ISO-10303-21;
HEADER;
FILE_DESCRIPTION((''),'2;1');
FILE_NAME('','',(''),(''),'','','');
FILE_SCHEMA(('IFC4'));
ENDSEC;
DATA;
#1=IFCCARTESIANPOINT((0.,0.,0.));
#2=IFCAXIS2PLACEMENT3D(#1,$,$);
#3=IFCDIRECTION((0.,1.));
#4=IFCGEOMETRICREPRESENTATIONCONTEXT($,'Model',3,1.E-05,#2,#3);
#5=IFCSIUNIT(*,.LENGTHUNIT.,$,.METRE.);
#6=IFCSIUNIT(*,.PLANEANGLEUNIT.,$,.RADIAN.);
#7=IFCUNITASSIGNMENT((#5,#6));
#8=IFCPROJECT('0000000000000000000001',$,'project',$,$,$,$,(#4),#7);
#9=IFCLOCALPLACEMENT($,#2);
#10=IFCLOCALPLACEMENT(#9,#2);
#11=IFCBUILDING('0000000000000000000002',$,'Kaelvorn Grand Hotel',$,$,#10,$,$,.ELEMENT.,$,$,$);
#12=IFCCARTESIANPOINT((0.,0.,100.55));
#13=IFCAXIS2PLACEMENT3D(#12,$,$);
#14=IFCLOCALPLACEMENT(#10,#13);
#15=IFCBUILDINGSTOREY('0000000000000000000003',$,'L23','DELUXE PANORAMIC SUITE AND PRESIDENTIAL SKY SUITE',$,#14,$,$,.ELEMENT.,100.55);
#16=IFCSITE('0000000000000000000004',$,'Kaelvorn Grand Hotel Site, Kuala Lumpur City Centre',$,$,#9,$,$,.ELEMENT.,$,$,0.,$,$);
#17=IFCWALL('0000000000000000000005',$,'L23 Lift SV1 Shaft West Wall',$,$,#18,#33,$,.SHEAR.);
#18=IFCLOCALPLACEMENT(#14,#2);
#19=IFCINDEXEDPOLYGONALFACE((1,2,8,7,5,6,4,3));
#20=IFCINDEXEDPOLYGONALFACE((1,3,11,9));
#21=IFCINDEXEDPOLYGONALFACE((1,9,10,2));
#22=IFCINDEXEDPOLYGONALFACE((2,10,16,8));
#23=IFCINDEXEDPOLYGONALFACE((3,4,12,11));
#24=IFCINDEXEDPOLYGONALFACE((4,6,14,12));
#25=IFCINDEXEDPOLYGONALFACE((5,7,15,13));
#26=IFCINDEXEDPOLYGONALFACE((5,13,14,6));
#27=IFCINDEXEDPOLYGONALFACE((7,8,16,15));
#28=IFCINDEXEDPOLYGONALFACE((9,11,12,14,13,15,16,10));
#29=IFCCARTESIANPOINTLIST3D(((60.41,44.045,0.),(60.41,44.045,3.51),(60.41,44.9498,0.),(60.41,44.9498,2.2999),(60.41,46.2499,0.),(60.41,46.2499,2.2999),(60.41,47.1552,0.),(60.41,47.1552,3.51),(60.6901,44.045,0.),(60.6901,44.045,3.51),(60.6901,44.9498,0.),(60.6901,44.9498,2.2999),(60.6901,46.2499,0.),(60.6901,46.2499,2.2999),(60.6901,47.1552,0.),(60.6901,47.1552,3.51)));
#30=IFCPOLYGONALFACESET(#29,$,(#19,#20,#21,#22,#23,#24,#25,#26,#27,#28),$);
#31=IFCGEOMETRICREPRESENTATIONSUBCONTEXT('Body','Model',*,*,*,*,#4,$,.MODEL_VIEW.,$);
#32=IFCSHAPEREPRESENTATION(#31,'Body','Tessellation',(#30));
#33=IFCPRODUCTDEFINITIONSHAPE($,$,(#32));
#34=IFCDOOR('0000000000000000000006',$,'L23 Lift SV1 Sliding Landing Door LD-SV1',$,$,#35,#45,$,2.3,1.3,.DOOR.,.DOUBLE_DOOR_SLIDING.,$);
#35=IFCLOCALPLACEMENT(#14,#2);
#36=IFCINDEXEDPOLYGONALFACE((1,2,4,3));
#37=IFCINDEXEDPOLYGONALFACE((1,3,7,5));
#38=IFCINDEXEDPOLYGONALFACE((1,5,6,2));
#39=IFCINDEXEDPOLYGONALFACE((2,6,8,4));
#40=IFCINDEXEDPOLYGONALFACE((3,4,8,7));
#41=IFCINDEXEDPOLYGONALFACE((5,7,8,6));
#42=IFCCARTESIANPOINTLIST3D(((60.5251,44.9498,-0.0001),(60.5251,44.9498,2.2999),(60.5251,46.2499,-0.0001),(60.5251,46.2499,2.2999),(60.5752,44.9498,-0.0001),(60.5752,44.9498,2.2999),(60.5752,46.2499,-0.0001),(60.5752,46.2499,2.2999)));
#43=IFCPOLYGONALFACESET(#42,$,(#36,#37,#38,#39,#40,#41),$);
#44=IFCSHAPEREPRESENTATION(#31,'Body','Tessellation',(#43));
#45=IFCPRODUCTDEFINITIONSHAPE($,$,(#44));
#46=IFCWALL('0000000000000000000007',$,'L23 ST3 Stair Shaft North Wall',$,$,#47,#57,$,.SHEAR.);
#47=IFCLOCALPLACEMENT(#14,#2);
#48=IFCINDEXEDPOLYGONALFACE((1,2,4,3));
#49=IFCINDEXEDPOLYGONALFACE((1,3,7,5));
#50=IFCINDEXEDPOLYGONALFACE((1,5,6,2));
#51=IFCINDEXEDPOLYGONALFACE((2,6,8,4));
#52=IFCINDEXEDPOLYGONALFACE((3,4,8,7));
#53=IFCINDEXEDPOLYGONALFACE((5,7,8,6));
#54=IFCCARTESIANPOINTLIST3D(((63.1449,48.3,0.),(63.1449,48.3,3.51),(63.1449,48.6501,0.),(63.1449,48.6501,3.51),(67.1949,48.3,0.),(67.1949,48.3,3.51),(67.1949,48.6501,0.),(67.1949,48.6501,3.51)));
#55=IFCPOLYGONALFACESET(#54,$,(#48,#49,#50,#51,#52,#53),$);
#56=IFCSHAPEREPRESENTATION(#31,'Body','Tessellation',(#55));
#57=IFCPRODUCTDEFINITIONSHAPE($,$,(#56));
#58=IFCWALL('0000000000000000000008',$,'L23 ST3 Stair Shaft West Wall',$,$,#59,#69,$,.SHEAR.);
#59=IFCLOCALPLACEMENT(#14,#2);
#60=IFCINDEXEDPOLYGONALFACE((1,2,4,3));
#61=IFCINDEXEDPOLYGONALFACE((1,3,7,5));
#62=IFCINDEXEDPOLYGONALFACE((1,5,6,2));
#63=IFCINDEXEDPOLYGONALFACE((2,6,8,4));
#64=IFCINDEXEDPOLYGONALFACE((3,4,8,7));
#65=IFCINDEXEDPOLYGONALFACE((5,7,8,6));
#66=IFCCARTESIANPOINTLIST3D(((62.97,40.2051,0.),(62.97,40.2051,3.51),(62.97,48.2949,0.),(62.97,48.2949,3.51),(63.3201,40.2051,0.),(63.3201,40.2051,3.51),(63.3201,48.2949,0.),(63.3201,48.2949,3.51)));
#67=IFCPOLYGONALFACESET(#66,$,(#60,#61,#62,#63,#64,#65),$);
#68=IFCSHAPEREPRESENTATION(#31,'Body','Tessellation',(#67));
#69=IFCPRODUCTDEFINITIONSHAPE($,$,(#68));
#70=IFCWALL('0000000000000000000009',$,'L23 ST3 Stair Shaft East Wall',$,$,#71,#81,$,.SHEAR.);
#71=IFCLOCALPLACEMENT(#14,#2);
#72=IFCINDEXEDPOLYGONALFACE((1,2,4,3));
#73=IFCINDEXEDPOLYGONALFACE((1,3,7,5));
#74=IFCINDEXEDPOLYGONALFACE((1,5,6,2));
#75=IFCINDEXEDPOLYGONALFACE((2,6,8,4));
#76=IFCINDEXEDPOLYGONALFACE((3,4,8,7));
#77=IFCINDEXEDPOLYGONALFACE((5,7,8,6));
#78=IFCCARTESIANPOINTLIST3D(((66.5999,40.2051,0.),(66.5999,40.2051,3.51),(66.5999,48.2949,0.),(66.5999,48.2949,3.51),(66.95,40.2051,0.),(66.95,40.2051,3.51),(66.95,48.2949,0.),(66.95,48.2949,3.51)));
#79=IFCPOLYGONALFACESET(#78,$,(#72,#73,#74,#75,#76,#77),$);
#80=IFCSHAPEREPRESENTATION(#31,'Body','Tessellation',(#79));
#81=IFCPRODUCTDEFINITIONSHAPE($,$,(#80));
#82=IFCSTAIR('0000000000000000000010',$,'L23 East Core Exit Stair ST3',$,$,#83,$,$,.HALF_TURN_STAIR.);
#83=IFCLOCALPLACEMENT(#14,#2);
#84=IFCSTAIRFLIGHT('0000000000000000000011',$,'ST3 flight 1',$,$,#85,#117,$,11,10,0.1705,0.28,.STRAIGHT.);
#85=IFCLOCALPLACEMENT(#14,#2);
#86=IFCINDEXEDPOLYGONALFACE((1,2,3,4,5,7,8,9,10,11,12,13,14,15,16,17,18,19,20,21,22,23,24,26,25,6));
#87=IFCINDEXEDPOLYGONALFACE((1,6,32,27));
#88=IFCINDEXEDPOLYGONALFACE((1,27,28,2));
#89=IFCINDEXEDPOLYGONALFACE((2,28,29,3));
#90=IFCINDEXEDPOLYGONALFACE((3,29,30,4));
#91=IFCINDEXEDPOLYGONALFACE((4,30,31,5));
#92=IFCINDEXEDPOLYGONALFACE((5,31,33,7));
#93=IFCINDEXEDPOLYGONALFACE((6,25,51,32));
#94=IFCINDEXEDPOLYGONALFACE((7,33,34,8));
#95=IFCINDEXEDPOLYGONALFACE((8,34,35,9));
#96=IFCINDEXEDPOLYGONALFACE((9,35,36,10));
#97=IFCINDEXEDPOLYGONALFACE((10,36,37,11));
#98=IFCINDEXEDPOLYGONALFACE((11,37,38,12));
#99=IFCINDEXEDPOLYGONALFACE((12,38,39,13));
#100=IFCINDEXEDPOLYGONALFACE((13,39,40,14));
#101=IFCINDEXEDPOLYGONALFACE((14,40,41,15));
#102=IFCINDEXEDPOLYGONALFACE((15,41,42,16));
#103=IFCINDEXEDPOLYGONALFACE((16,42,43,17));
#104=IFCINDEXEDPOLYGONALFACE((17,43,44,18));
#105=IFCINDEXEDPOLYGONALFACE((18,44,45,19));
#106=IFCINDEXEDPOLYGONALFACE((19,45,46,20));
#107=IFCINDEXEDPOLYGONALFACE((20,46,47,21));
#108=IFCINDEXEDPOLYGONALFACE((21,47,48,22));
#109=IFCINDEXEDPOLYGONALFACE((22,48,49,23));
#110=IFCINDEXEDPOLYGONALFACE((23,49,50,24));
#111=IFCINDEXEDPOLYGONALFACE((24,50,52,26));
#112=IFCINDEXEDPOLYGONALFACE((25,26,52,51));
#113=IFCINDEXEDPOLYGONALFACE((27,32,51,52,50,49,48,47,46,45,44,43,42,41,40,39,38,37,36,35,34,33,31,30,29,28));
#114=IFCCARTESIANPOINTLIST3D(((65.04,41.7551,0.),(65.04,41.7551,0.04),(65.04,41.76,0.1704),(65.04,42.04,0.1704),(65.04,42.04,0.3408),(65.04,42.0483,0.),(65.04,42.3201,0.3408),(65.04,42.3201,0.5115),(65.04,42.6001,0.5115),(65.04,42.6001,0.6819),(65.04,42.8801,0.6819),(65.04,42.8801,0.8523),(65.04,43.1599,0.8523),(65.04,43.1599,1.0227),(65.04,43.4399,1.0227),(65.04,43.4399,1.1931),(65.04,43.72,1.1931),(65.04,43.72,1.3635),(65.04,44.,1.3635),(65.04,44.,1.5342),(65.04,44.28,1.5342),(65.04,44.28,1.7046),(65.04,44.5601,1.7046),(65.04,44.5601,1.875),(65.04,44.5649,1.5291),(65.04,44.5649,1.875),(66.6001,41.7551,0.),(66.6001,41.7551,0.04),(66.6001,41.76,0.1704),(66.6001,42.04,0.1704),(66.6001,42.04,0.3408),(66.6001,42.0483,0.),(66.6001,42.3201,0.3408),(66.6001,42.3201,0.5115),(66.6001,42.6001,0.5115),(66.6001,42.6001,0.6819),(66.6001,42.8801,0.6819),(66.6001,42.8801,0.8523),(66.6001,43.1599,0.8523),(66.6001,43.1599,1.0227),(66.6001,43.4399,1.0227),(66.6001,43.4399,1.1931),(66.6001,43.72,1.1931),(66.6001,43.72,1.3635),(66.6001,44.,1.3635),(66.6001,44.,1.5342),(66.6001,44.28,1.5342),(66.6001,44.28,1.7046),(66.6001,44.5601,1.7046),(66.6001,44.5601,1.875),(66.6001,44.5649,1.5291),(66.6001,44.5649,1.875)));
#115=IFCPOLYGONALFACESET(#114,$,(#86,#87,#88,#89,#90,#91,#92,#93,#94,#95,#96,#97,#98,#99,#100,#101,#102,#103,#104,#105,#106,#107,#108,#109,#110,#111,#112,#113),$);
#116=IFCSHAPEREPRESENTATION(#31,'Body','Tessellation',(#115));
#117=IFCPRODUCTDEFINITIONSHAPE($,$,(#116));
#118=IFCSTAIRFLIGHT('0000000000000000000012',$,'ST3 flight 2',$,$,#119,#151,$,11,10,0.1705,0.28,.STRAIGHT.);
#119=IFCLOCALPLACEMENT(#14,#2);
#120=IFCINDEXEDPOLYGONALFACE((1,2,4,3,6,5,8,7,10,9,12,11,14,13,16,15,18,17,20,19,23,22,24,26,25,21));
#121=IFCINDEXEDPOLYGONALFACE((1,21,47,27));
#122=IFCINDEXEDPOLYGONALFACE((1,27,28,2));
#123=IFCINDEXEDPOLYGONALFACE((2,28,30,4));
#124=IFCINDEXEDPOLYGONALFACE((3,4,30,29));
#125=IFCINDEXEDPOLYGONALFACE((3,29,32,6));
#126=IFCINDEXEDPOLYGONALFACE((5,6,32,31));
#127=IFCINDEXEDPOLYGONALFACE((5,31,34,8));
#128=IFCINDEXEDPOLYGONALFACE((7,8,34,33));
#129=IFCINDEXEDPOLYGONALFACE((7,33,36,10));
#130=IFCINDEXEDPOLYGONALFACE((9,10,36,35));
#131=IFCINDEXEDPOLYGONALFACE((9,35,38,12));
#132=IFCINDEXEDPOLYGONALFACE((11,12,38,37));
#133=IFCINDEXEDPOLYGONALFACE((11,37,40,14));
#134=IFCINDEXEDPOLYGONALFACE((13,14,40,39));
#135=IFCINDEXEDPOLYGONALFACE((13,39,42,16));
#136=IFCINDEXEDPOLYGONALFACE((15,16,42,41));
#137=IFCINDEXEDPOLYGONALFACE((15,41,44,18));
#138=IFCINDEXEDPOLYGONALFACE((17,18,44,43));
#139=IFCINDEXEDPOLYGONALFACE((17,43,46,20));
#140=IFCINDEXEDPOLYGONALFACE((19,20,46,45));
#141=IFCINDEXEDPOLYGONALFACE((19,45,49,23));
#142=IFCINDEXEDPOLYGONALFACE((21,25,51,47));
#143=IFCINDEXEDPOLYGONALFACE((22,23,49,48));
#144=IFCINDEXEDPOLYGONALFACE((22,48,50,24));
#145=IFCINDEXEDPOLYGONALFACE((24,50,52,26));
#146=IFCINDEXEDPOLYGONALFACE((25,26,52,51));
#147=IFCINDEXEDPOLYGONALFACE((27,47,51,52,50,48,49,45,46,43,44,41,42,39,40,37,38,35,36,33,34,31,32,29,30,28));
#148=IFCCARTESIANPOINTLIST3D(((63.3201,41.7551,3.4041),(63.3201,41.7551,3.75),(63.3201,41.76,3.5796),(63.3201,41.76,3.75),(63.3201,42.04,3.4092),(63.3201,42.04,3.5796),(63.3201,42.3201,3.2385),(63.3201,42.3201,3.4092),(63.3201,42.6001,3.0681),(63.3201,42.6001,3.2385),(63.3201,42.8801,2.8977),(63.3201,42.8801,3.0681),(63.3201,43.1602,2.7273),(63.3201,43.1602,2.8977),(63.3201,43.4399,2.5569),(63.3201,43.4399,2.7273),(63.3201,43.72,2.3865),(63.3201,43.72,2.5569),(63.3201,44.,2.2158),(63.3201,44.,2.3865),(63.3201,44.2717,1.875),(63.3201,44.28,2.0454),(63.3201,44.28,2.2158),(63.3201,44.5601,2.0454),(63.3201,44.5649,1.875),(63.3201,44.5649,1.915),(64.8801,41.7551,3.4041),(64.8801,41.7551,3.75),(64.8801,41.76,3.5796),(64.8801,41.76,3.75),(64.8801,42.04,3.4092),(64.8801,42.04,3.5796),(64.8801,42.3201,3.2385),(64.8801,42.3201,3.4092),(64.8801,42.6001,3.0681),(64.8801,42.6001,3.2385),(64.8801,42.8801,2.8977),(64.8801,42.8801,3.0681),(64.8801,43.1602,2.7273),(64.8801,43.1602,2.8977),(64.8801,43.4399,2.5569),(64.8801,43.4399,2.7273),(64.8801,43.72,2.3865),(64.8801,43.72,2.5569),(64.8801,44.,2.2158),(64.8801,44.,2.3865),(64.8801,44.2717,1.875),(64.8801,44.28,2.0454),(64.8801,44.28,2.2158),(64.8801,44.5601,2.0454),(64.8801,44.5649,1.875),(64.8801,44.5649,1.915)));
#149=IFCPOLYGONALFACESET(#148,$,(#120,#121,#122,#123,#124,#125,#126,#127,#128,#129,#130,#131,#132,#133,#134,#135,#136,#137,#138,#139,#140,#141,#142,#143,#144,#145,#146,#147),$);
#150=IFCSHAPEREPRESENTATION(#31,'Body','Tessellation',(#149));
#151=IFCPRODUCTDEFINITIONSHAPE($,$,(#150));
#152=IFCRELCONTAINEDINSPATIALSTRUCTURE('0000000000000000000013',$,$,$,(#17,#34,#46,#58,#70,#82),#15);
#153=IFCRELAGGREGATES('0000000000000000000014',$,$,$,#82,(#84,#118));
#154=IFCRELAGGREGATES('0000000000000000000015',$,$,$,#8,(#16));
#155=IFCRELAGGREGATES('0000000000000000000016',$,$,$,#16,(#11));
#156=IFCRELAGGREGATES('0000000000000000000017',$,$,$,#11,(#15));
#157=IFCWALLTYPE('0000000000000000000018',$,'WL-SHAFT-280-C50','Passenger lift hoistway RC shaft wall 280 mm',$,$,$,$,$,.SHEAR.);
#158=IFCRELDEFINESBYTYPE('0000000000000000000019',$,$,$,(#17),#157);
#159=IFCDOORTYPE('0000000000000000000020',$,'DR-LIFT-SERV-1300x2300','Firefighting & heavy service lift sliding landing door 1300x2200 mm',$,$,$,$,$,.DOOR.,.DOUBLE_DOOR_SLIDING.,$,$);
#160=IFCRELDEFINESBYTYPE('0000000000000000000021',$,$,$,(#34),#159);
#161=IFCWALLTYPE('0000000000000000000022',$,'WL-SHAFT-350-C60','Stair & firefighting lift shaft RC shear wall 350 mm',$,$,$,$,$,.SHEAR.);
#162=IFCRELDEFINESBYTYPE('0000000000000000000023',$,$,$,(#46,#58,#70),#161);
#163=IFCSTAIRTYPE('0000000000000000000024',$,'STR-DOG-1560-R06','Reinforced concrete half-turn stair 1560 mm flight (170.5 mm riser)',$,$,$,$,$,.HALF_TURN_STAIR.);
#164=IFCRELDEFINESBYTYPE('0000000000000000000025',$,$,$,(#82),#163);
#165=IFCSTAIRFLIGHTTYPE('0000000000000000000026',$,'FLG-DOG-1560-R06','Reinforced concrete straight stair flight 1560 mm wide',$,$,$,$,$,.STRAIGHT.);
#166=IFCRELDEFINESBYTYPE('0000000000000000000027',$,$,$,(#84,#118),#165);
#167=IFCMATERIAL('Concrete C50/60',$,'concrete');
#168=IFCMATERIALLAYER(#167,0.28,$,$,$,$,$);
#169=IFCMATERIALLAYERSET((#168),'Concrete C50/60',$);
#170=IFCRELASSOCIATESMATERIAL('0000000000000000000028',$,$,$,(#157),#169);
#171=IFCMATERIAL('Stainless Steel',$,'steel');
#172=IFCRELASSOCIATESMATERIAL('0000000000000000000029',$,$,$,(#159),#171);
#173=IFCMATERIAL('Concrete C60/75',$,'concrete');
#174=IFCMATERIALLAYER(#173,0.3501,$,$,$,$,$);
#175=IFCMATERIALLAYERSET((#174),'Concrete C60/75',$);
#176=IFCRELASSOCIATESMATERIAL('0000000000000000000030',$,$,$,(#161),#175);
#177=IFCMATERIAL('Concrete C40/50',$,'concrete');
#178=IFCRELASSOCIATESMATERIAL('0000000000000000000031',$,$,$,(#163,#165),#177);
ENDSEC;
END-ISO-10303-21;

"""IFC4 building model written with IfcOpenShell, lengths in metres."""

from ifc_helpers import new_model, si_unit, direction, frame, frame_2d, origin, place, context, subcontext, project, spatial, polyline, rectangle, outline, extrude, material, layer, layer_set, type_object, element, fill, aggregate, save


model = new_model("IFC4")

# Units and contexts
model_context = context("Model", 3, precision=1e-05, world=origin(), true_north=direction((0.0, 1.0)))
body_context = subcontext(model_context, "Body", "Model", "MODEL_VIEW")
ifc_project = project(units=[si_unit("LENGTHUNIT", "METRE"), si_unit("PLANEANGLEUNIT", "RADIAN")], contexts=[model_context])

# Site, building, storey
site_placement = place(None, origin())
site = spatial("IfcSite", under=ifc_project, at=site_placement, Name="Kaelvorn Grand Hotel Site, Kuala Lumpur City Centre", CompositionType="ELEMENT", RefElevation=0.0)
building_placement = place(site_placement, origin())
building = spatial("IfcBuilding", under=site, at=building_placement, Name="Kaelvorn Grand Hotel", CompositionType="ELEMENT")
storey_placement = place(building_placement, frame((0.0, 0.0, 100.55)))
storey = spatial("IfcBuildingStorey", under=building, at=storey_placement, Name="L23", Description="DELUXE PANORAMIC SUITE AND PRESIDENTIAL SKY SUITE", CompositionType="ELEMENT", Elevation=100.55)

# Shared definitions
ifc_material_1 = material(Name="Concrete C60/75", Category="concrete")

# Shared definitions
ifc_material_2 = material(Name="Concrete C40/50", Category="concrete")
ifc_material_3 = material(Name="Concrete C50/60", Category="concrete")
ifc_layer_1 = layer(ifc_material_3, 0.28)
ifc_layer_set_1 = layer_set([ifc_layer_1], Name="Concrete C50/60")
wall_type_1 = type_object("IfcWallType", Name="WL-SHAFT-280-C50", Description="Passenger lift hoistway RC shaft wall 280 mm", PredefinedType="SHEAR", material=ifc_layer_set_1)

# Wall, opening, door
wall_1_placement = place(storey_placement, frame((60.55, 44.0449, 0.0), z_axis=(0.0, 0.0, 1.0), x_axis=(0.0, 1.0, 0.0)))
wall_1 = element("IfcWall", 1, at=wall_1_placement, inside=storey, type_object=wall_type_1, Name="L23 Lift SV1 Shaft West Wall", PredefinedType="SHEAR", context=body_context, shape_type="SweptSolid", body=[
    extrude(rectangle(XDim=3.1101, YDim=0.28, at=frame_2d((1.5552, 0.0))), origin(), (0.0, 0.0, 1.0), 3.51),
])
opening_1_placement = place(wall_1_placement, frame((0.905, 0.0, 0.0)))
opening_1 = element("IfcOpeningElement", 2, at=opening_1_placement, cuts=wall_1, PredefinedType="OPENING", context=body_context, shape_type="SweptSolid", body=[
    extrude(rectangle(XDim=1.3, YDim=2.3, at=frame_2d((0.6499, 1.1499))), frame((0.0, 0.1499, 0.0), z_axis=(0.0, -1.0, 0.0), x_axis=(1.0, 0.0, 0.0)), (0.0, 0.0, 1.0), 0.3),
])
ifc_material_4 = material(Name="Stainless Steel", Category="steel")
door_type_1 = type_object("IfcDoorType", Name="DR-LIFT-SERV-1300x2300", Description="Firefighting & heavy service lift sliding landing door 1300x2200 mm", OperationType="DOUBLE_DOOR_SLIDING", PredefinedType="DOOR", material=ifc_material_4)
door_1_placement = place(opening_1_placement, origin())
door_1 = element("IfcDoor", 3, at=door_1_placement, inside=storey, type_object=door_type_1, Name="L23 Lift SV1 Sliding Landing Door LD-SV1", OperationType="DOUBLE_DOOR_SLIDING", OverallHeight=2.3, OverallWidth=1.3, PredefinedType="DOOR", context=body_context, shape_type="SweptSolid", body=[
    extrude(rectangle(XDim=1.3, YDim=2.3, at=frame_2d((0.6499, 1.1499))), frame((0.0, 0.0249, 0.0), z_axis=(0.0, -1.0, 0.0), x_axis=(1.0, 0.0, 0.0)), (0.0, 0.0, 1.0), 0.05),
])
fill(opening_1, door_1)
ifc_layer_2 = layer(ifc_material_1, 0.3501)
ifc_layer_set_2 = layer_set([ifc_layer_2], Name="Concrete C60/75")
wall_type_2 = type_object("IfcWallType", Name="WL-SHAFT-350-C60", Description="Stair & firefighting lift shaft RC shear wall 350 mm", PredefinedType="SHEAR", material=ifc_layer_set_2)

# Walls
wall_2_placement = place(storey_placement, frame((63.145, 48.4751, 0.0), z_axis=(0.0, 0.0, 1.0), x_axis=(1.0, 0.0, 0.0)))
element("IfcWall", 4, at=wall_2_placement, inside=storey, type_object=wall_type_2, Name="L23 ST3 Stair Shaft North Wall", PredefinedType="SHEAR", context=body_context, shape_type="SweptSolid", body=[
    extrude(rectangle(XDim=4.05, YDim=0.3501, at=frame_2d((2.0249, 0.0))), origin(), (0.0, 0.0, 1.0), 3.51),
])
for number, where, z_axis, x_axis, name in (
    (5, (63.145, 40.2051, 0.0), (0.0, 0.0, 1.0), (0.0, 1.0, 0.0), "L23 ST3 Stair Shaft West Wall"),
    (6, (66.7749, 40.2051, 0.0), (0.0, 0.0, 1.0), (0.0, 1.0, 0.0), "L23 ST3 Stair Shaft East Wall"),
):
    element("IfcWall", number, at=place(storey_placement, frame(where, z_axis=z_axis, x_axis=x_axis)), inside=storey, type_object=wall_type_2, Name=name, PredefinedType="SHEAR", context=body_context, shape_type="SweptSolid", body=[
        extrude(rectangle(XDim=8.0898, YDim=0.3501, at=frame_2d((4.0449, 0.0))), origin(), (0.0, 0.0, 1.0), 3.51),
    ])

# Stair, stair flights
stair_type = type_object("IfcStairType", Name="STR-DOG-1560-R06", Description="Reinforced concrete half-turn stair 1560 mm flight (170.5 mm riser)", PredefinedType="HALF_TURN_STAIR", material=ifc_material_2)
stair_placement = place(storey_placement, origin())
stair = element("IfcStair", 7, at=stair_placement, inside=storey, type_object=stair_type, Name="L23 East Core Exit Stair ST3", PredefinedType="HALF_TURN_STAIR")
stair_flight_type = type_object("IfcStairFlightType", Name="FLG-DOG-1560-R06", Description="Reinforced concrete straight stair flight 1560 mm wide", PredefinedType="STRAIGHT", material=ifc_material_2)
stair_flight_1_placement = place(storey_placement, frame((65.8201, 41.76, 0.0), z_axis=(0.0, 0.0, 1.0), x_axis=(0.0, 1.0, 0.0)))
stair_flight_1 = element("IfcStairFlight", 8, at=stair_flight_1_placement, type_object=stair_flight_type, Name="ST3 flight 1", NumberOfRisers=11, NumberOfTreads=10, PredefinedType="STRAIGHT", RiserHeight=0.1705, TreadLength=0.28, context=body_context, shape_type="SweptSolid", body=[
    extrude(outline(polyline([(-0.0049, 0.0), (-0.0049, 0.04), (0.0, 0.1704), (0.28, 0.1704), (0.28, 0.3408), (0.5601, 0.3408), (0.5601, 0.5115), (0.8401, 0.5115), (0.8401, 0.6819), (1.1201, 0.6819), (1.1201, 0.8523), (1.3999, 0.8523), (1.3999, 1.0227), (1.6799, 1.0227), (1.6799, 1.1931), (1.96, 1.1931), (1.96, 1.3635), (2.24, 1.3635), (2.24, 1.5342), (2.52, 1.5342), (2.52, 1.7046), (2.8, 1.7046), (2.8, 1.875), (2.8049, 1.875), (2.8049, 1.5291), (0.2883, 0.0), (-0.0049, 0.0)])), frame((0.0, 0.78, 0.0), z_axis=(0.0, -1.0, 0.0), x_axis=(1.0, 0.0, 0.0)), (0.0, 0.0, 1.0), 1.5601),
])
stair_flight_2_placement = place(storey_placement, frame((64.1001, 44.5601, 1.875), z_axis=(0.0, 0.0, 1.0), x_axis=(0.0, -1.0, 0.0)))
stair_flight_2 = element("IfcStairFlight", 9, at=stair_flight_2_placement, type_object=stair_flight_type, Name="ST3 flight 2", NumberOfRisers=11, NumberOfTreads=10, PredefinedType="STRAIGHT", RiserHeight=0.1705, TreadLength=0.28, context=body_context, shape_type="SweptSolid", body=[
    extrude(outline(polyline([(-0.0049, 0.0), (-0.0049, 0.04), (0.0, 0.1704), (0.28, 0.1704), (0.28, 0.3408), (0.5601, 0.3408), (0.5601, 0.5115), (0.8401, 0.5115), (0.8401, 0.6819), (1.1201, 0.6819), (1.1201, 0.8523), (1.3999, 0.8523), (1.3999, 1.0227), (1.6799, 1.0227), (1.6799, 1.1931), (1.96, 1.1931), (1.96, 1.3635), (2.24, 1.3635), (2.24, 1.5342), (2.52, 1.5342), (2.52, 1.7046), (2.8, 1.7046), (2.8, 1.875), (2.8049, 1.875), (2.8049, 1.5291), (0.2883, 0.0), (-0.0049, 0.0)])), frame((0.0, 0.78, 0.0), z_axis=(0.0, -1.0, 0.0), x_axis=(1.0, 0.0, 0.0)), (0.0, 0.0, 1.0), 1.5601),
])
aggregate(stair, [stair_flight_1, stair_flight_2])

save(model, "model.ifc")
